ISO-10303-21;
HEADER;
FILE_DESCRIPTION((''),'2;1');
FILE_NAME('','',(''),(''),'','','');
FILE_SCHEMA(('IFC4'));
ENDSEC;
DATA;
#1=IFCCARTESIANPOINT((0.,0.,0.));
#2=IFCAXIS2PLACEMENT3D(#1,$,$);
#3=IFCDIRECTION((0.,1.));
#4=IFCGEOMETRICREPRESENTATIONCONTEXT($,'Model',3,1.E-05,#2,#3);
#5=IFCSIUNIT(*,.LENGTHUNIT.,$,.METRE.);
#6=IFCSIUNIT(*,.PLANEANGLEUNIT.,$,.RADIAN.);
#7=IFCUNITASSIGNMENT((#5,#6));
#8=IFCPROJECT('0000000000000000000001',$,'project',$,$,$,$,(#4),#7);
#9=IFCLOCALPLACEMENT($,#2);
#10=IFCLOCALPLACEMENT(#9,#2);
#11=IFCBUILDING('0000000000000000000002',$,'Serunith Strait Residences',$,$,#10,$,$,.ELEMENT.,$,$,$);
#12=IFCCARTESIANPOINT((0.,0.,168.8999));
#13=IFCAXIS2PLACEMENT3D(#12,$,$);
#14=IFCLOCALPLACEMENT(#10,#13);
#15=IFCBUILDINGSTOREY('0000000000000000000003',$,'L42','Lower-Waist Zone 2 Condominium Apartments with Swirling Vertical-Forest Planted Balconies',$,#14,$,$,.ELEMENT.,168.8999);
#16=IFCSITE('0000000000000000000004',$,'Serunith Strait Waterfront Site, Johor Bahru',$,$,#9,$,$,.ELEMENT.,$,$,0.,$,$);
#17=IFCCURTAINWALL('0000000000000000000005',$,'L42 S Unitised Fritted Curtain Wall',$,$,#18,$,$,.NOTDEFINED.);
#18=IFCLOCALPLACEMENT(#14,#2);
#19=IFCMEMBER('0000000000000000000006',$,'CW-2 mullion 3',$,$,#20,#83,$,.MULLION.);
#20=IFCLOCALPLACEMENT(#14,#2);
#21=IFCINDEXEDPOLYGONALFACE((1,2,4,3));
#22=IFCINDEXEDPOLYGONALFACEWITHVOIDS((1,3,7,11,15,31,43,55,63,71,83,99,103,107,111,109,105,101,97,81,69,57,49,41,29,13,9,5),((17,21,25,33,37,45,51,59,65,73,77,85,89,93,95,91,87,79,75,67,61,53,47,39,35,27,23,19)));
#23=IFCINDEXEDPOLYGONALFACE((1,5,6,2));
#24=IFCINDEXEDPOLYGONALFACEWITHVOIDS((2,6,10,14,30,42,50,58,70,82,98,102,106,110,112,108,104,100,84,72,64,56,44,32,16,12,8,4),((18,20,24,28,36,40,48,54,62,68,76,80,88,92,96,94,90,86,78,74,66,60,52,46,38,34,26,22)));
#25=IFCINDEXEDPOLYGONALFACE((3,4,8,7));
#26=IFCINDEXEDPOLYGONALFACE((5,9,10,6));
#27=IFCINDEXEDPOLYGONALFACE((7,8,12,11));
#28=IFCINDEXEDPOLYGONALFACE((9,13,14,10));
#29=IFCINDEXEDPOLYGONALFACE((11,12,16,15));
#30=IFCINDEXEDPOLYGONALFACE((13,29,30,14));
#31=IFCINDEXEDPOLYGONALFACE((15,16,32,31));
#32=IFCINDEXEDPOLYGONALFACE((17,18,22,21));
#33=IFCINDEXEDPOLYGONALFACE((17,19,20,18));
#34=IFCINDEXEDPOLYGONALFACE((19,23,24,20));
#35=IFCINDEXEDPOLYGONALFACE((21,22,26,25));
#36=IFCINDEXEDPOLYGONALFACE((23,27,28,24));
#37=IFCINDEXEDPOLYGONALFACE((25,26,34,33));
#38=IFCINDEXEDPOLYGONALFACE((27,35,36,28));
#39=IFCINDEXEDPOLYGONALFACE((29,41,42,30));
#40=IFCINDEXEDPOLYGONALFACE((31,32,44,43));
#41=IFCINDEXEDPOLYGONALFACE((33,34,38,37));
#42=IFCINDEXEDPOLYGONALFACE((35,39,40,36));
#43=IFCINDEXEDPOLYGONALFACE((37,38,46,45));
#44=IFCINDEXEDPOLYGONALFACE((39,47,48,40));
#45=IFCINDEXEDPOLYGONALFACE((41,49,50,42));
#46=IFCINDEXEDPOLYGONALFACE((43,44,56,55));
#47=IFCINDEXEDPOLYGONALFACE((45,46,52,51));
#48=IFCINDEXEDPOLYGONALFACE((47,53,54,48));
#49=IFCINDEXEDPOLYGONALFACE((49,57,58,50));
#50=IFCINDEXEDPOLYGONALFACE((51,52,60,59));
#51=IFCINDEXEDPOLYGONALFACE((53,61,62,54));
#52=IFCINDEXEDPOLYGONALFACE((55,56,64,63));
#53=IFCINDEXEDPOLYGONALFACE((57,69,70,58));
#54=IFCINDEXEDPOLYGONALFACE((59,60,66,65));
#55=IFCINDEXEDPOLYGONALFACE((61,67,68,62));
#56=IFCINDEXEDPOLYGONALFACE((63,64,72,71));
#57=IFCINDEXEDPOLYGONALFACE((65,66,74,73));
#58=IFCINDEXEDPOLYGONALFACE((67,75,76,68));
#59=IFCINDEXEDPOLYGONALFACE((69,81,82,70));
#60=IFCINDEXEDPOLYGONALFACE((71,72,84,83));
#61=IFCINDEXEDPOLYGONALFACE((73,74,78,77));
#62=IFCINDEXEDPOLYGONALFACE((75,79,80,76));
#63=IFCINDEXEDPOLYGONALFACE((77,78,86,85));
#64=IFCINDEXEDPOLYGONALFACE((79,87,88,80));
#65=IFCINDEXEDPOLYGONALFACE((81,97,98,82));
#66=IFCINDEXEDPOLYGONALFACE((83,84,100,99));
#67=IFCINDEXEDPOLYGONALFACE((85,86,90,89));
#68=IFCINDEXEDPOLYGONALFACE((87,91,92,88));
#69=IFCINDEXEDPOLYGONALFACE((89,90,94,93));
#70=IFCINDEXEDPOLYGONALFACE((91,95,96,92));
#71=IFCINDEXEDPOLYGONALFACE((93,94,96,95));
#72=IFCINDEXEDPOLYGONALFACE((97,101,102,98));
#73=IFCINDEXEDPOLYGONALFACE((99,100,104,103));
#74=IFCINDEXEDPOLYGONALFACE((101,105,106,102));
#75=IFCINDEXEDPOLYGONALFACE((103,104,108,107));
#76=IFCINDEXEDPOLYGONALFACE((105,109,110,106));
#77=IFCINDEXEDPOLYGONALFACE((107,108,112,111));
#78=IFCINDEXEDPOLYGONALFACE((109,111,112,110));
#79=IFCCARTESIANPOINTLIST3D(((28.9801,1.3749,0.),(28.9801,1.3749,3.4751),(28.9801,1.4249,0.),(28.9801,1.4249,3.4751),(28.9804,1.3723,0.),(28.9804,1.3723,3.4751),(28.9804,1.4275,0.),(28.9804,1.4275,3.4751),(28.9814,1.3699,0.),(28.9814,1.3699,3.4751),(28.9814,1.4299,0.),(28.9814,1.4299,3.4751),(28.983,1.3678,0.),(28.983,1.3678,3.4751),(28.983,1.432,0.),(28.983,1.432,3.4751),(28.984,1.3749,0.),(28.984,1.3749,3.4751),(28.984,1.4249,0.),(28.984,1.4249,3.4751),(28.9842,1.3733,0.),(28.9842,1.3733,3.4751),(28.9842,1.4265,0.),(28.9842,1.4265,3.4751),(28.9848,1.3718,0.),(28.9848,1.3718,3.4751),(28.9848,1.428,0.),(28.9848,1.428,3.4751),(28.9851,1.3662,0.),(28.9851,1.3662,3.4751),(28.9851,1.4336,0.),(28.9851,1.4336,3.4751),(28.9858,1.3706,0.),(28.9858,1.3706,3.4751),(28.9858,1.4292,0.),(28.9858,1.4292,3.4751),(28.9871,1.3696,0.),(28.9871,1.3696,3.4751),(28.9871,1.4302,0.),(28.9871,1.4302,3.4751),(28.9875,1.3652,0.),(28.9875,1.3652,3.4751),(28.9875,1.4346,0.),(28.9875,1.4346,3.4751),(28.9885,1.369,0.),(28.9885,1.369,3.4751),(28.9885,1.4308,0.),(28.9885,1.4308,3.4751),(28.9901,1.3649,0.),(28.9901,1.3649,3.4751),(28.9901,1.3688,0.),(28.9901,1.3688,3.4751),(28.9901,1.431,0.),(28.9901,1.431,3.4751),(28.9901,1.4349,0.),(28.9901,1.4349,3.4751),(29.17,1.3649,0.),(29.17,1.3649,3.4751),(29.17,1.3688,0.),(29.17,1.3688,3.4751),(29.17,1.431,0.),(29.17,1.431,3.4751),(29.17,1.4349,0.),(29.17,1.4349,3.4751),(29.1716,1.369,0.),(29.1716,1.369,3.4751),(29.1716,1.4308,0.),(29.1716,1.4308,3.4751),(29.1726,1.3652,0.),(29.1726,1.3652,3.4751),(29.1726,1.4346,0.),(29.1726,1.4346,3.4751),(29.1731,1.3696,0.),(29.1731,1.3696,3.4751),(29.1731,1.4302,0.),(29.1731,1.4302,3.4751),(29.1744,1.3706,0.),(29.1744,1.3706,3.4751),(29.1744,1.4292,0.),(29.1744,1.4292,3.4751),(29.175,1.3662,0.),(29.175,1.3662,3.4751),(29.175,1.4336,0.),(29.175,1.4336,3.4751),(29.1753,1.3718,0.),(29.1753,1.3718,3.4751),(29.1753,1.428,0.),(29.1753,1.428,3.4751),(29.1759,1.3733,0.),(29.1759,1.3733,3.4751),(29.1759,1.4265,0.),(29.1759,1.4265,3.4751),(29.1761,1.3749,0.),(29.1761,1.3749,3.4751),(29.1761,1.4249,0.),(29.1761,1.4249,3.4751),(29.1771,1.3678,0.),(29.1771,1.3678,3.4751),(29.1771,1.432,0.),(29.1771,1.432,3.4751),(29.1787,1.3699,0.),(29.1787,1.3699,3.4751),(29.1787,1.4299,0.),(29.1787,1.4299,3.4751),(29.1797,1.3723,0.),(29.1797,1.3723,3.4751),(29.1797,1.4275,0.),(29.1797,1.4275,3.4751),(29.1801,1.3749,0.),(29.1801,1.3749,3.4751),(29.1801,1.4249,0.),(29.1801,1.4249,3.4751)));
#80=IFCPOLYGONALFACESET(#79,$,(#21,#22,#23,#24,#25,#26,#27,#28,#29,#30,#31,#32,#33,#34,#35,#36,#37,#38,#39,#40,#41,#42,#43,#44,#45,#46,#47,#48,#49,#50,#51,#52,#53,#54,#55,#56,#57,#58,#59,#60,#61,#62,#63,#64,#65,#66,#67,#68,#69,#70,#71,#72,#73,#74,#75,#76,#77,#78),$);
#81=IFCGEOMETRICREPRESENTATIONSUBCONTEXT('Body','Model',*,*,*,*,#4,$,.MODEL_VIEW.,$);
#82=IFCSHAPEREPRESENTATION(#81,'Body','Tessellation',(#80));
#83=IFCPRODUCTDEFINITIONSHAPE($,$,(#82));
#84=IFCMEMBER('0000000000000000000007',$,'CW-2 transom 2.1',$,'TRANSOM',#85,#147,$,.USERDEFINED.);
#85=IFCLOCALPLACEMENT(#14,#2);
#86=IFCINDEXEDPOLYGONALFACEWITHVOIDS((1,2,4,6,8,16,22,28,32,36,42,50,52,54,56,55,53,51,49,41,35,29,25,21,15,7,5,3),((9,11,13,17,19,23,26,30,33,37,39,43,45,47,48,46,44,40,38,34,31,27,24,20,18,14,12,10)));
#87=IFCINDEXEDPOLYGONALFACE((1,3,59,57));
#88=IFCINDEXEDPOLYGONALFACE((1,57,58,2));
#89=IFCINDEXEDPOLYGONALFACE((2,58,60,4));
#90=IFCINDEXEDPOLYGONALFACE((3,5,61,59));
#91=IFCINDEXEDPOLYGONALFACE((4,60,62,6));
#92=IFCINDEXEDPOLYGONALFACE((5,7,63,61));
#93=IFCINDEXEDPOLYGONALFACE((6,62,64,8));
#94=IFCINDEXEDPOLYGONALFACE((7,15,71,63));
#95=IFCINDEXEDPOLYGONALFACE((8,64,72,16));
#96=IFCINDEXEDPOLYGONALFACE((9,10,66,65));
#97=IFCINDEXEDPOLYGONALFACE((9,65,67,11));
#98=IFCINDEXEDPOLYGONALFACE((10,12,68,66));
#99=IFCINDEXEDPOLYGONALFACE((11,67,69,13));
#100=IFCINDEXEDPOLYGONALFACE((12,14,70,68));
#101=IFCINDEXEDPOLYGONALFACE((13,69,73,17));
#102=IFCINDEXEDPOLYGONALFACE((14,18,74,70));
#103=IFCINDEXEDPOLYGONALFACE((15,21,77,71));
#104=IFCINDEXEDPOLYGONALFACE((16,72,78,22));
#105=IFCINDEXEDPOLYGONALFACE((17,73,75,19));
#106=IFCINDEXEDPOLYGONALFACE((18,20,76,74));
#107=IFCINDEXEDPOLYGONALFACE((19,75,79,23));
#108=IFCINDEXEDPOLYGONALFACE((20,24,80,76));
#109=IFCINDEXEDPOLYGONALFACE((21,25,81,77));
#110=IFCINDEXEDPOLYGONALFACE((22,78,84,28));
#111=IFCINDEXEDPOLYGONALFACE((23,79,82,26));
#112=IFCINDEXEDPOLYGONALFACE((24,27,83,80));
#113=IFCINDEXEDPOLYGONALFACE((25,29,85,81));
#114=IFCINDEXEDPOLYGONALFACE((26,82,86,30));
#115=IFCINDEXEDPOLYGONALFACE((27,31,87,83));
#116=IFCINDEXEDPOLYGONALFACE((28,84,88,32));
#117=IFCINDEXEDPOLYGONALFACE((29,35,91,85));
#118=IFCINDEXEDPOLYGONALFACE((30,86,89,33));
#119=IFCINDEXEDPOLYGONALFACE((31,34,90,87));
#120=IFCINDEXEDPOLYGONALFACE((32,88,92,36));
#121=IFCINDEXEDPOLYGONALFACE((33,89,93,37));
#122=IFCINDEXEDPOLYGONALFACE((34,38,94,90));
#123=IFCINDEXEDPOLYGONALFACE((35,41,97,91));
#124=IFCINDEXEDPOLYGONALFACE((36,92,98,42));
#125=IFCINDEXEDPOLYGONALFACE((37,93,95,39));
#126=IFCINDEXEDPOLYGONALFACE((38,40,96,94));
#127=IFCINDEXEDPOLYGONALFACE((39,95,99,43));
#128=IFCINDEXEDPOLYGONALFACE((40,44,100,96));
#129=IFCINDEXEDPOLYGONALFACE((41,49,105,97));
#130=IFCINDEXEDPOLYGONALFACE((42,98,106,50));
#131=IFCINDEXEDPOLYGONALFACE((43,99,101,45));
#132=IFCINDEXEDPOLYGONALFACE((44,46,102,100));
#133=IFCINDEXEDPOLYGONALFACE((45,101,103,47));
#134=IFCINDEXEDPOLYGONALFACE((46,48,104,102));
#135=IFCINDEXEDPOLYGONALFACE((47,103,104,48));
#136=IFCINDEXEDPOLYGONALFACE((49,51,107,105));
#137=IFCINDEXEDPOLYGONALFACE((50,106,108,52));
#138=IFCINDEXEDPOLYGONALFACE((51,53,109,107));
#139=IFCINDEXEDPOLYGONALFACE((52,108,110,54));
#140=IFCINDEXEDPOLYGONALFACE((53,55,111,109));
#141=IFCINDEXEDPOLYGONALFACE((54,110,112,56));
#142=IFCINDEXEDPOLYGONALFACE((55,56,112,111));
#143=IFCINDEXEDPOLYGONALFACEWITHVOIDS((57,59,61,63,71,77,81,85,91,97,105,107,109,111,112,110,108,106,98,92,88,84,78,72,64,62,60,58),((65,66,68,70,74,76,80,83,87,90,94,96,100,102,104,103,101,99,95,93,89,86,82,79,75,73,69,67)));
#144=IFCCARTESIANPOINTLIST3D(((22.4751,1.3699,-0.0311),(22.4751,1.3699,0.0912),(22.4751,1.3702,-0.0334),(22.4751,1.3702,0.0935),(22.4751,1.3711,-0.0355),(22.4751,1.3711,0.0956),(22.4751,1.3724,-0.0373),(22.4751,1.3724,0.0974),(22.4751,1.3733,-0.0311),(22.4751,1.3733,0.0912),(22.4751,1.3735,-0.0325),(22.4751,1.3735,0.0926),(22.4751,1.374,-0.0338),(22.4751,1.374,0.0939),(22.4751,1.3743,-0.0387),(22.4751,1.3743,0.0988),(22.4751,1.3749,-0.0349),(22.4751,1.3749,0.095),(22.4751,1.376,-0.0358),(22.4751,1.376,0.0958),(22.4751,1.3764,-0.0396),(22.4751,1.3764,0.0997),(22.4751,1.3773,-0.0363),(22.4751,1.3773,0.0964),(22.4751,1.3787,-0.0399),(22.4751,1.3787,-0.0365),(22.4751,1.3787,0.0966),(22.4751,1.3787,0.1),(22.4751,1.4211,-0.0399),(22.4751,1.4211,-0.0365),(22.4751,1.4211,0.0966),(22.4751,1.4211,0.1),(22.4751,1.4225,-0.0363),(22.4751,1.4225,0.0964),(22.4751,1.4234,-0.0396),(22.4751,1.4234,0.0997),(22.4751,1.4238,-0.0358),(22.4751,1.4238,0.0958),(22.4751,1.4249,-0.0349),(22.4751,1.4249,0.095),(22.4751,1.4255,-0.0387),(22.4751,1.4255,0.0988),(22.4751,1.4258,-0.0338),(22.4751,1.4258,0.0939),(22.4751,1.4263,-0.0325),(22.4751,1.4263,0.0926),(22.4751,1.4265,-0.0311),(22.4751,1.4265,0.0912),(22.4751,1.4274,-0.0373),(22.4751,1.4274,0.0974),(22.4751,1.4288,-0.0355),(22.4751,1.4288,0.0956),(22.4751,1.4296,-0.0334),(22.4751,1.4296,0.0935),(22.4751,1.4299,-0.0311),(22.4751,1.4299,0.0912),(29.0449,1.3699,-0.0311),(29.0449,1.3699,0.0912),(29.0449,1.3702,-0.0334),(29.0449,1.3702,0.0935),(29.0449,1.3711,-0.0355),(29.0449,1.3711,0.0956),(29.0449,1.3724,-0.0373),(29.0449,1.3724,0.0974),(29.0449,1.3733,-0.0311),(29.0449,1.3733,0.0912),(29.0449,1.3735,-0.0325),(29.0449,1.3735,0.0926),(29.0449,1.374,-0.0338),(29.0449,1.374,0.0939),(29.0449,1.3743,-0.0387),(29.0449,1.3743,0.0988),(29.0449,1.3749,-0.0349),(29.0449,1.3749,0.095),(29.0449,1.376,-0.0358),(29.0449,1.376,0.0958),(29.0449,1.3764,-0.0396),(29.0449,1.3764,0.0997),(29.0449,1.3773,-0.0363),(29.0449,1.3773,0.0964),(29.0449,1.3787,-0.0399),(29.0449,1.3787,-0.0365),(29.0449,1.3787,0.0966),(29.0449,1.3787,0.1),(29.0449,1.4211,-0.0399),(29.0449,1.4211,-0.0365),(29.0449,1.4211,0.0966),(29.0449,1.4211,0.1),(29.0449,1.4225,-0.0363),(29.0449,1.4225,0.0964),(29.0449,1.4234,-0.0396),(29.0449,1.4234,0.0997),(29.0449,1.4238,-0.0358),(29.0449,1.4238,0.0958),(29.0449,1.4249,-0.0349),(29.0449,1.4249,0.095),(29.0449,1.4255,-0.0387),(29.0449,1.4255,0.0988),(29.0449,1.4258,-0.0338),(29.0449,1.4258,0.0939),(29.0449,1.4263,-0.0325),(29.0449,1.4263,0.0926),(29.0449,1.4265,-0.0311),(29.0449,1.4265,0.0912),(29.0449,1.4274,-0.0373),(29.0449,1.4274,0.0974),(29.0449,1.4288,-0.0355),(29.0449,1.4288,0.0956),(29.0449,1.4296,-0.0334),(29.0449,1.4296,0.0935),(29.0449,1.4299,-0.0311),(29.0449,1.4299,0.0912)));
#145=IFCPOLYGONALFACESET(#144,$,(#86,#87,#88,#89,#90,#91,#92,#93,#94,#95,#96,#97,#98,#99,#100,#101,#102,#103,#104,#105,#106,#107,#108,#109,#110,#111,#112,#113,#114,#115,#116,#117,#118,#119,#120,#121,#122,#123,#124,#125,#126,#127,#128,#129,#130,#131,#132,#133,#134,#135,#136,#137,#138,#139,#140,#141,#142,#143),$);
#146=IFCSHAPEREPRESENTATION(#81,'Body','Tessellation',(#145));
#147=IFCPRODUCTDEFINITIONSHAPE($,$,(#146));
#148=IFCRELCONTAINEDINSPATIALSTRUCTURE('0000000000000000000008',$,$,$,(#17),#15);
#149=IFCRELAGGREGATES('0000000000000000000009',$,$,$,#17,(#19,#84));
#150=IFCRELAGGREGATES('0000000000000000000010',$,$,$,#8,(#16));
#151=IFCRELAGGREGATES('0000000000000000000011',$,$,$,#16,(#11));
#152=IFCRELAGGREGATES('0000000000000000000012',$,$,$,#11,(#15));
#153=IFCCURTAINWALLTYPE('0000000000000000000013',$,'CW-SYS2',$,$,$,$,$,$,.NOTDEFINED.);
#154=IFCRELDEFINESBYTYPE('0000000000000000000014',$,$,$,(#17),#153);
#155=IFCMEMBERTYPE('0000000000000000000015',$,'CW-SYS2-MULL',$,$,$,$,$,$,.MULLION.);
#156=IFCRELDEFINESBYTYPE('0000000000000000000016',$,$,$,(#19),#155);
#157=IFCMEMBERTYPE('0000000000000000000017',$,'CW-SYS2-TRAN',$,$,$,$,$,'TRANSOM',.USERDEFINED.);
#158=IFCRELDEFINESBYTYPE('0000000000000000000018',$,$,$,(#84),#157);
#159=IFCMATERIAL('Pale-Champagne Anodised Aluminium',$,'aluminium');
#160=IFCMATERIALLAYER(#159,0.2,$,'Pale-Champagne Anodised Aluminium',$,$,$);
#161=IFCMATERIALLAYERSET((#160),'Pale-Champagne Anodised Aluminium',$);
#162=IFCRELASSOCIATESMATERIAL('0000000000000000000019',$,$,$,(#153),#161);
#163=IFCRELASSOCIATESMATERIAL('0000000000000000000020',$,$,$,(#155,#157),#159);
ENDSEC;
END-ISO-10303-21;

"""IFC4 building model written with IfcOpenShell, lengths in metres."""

from ifc_helpers import new_model, si_unit, direction, frame, origin, origin_2d, place, context, subcontext, project, spatial, hollow_rectangle, extrude, source, transform, mapped, material, layer, layer_set, material_profile, profile_set, type_object, element, aggregate, save


model = new_model("IFC4")

# Units and contexts
model_context = context("Model", 3, precision=1e-05, world=origin(), true_north=direction((0.0, 1.0)))
body_context = subcontext(model_context, "Body", "Model", "MODEL_VIEW")
ifc_project = project(units=[si_unit("LENGTHUNIT", "METRE"), si_unit("PLANEANGLEUNIT", "RADIAN")], contexts=[model_context])

# Site, building, storey
site_placement = place(None, origin())
site = spatial("IfcSite", under=ifc_project, at=site_placement, Name="Serunith Strait Waterfront Site, Johor Bahru", CompositionType="ELEMENT", RefElevation=0.0)
building_placement = place(site_placement, origin())
building = spatial("IfcBuilding", under=site, at=building_placement, Name="Serunith Strait Residences", CompositionType="ELEMENT")
storey_placement = place(building_placement, frame((0.0, 0.0, 168.8999)))
storey = spatial("IfcBuildingStorey", under=building, at=storey_placement, Name="L42", Description="Lower-Waist Zone 2 Condominium Apartments with Swirling Vertical-Forest Planted Balconies", CompositionType="ELEMENT", Elevation=168.8999)

# Curtain wall, members
ifc_material_1 = material(Name="Pale-Champagne Anodised Aluminium", Category="aluminium")
ifc_layer_1 = layer(ifc_material_1, 0.2, Name="Pale-Champagne Anodised Aluminium")
ifc_layer_set_1 = layer_set([ifc_layer_1], Name="Pale-Champagne Anodised Aluminium")
curtain_wall_type = type_object("IfcCurtainWallType", Name="CW-SYS2", PredefinedType="NOTDEFINED", material=ifc_layer_set_1)
curtain_wall_placement = place(storey_placement, origin())
curtain_wall = element("IfcCurtainWall", 1, at=curtain_wall_placement, inside=storey, type_object=curtain_wall_type, Name="L42 S Unitised Fritted Curtain Wall", PredefinedType="NOTDEFINED")
ifc_material_profile_1 = material_profile(ifc_material_1, hollow_rectangle(XDim=0.0701, YDim=0.2, WallThickness=0.0039, InnerFilletRadius=0.0061, OuterFilletRadius=0.01, at=origin_2d()), Name="ALU 200x70x4")
ifc_profile_set_1 = profile_set([ifc_material_profile_1], Name="Pale-Champagne Anodised Aluminium")
member_type_1 = type_object("IfcMemberType", Name="CW-SYS2-MULL", PredefinedType="MULLION", material=ifc_profile_set_1)
shared_shape_1 = source(origin(), body_context, "Body", "SweptSolid", [
    extrude(hollow_rectangle(XDim=0.0701, YDim=0.2, WallThickness=0.0039, InnerFilletRadius=0.0061, OuterFilletRadius=0.01, at=origin_2d()), origin(), (0.0, 0.0, 1.0), 3.4751),
])
member_1_placement = place(storey_placement, frame((29.0801, 1.3999, 0.0), z_axis=(0.0, 0.0, 1.0), x_axis=(0.0, 1.0, 0.0)))
member_1 = element("IfcMember", 2, at=member_1_placement, type_object=member_type_1, Name="CW-2 mullion 3", PredefinedType="MULLION", context=body_context, shape_type="MappedRepresentation", body=[
    mapped(shared_shape_1, transform((0.0, 0.0, 0.0), scale=1.0)),
])
ifc_material_profile_2 = material_profile(ifc_material_1, hollow_rectangle(XDim=0.0601, YDim=0.1399, WallThickness=0.0034, InnerFilletRadius=0.0054, OuterFilletRadius=0.0088, at=origin_2d()), Name="ALU 140x60x3.5")
ifc_profile_set_2 = profile_set([ifc_material_profile_2], Name="Pale-Champagne Anodised Aluminium")
member_type_2 = type_object("IfcMemberType", Name="CW-SYS2-TRAN", ElementType="TRANSOM", PredefinedType="USERDEFINED", material=ifc_profile_set_2)
shared_shape_2 = source(origin(), body_context, "Body", "SweptSolid", [
    extrude(hollow_rectangle(XDim=0.0601, YDim=0.1399, WallThickness=0.0034, InnerFilletRadius=0.0054, OuterFilletRadius=0.0088, at=origin_2d()), origin(), (0.0, 0.0, 1.0), 6.5698),
])
member_2_placement = place(storey_placement, frame((22.4751, 1.3999, 0.03), z_axis=(1.0, 0.0, 0.0), x_axis=(0.0, 1.0, 0.0)))
member_2 = element("IfcMember", 3, at=member_2_placement, type_object=member_type_2, Name="CW-2 transom 2.1", ObjectType="TRANSOM", PredefinedType="USERDEFINED", context=body_context, shape_type="MappedRepresentation", body=[
    mapped(shared_shape_2, transform((0.0, 0.0, 0.0), scale=1.0)),
])
aggregate(curtain_wall, [member_1, member_2])

save(model, "model.ifc")
